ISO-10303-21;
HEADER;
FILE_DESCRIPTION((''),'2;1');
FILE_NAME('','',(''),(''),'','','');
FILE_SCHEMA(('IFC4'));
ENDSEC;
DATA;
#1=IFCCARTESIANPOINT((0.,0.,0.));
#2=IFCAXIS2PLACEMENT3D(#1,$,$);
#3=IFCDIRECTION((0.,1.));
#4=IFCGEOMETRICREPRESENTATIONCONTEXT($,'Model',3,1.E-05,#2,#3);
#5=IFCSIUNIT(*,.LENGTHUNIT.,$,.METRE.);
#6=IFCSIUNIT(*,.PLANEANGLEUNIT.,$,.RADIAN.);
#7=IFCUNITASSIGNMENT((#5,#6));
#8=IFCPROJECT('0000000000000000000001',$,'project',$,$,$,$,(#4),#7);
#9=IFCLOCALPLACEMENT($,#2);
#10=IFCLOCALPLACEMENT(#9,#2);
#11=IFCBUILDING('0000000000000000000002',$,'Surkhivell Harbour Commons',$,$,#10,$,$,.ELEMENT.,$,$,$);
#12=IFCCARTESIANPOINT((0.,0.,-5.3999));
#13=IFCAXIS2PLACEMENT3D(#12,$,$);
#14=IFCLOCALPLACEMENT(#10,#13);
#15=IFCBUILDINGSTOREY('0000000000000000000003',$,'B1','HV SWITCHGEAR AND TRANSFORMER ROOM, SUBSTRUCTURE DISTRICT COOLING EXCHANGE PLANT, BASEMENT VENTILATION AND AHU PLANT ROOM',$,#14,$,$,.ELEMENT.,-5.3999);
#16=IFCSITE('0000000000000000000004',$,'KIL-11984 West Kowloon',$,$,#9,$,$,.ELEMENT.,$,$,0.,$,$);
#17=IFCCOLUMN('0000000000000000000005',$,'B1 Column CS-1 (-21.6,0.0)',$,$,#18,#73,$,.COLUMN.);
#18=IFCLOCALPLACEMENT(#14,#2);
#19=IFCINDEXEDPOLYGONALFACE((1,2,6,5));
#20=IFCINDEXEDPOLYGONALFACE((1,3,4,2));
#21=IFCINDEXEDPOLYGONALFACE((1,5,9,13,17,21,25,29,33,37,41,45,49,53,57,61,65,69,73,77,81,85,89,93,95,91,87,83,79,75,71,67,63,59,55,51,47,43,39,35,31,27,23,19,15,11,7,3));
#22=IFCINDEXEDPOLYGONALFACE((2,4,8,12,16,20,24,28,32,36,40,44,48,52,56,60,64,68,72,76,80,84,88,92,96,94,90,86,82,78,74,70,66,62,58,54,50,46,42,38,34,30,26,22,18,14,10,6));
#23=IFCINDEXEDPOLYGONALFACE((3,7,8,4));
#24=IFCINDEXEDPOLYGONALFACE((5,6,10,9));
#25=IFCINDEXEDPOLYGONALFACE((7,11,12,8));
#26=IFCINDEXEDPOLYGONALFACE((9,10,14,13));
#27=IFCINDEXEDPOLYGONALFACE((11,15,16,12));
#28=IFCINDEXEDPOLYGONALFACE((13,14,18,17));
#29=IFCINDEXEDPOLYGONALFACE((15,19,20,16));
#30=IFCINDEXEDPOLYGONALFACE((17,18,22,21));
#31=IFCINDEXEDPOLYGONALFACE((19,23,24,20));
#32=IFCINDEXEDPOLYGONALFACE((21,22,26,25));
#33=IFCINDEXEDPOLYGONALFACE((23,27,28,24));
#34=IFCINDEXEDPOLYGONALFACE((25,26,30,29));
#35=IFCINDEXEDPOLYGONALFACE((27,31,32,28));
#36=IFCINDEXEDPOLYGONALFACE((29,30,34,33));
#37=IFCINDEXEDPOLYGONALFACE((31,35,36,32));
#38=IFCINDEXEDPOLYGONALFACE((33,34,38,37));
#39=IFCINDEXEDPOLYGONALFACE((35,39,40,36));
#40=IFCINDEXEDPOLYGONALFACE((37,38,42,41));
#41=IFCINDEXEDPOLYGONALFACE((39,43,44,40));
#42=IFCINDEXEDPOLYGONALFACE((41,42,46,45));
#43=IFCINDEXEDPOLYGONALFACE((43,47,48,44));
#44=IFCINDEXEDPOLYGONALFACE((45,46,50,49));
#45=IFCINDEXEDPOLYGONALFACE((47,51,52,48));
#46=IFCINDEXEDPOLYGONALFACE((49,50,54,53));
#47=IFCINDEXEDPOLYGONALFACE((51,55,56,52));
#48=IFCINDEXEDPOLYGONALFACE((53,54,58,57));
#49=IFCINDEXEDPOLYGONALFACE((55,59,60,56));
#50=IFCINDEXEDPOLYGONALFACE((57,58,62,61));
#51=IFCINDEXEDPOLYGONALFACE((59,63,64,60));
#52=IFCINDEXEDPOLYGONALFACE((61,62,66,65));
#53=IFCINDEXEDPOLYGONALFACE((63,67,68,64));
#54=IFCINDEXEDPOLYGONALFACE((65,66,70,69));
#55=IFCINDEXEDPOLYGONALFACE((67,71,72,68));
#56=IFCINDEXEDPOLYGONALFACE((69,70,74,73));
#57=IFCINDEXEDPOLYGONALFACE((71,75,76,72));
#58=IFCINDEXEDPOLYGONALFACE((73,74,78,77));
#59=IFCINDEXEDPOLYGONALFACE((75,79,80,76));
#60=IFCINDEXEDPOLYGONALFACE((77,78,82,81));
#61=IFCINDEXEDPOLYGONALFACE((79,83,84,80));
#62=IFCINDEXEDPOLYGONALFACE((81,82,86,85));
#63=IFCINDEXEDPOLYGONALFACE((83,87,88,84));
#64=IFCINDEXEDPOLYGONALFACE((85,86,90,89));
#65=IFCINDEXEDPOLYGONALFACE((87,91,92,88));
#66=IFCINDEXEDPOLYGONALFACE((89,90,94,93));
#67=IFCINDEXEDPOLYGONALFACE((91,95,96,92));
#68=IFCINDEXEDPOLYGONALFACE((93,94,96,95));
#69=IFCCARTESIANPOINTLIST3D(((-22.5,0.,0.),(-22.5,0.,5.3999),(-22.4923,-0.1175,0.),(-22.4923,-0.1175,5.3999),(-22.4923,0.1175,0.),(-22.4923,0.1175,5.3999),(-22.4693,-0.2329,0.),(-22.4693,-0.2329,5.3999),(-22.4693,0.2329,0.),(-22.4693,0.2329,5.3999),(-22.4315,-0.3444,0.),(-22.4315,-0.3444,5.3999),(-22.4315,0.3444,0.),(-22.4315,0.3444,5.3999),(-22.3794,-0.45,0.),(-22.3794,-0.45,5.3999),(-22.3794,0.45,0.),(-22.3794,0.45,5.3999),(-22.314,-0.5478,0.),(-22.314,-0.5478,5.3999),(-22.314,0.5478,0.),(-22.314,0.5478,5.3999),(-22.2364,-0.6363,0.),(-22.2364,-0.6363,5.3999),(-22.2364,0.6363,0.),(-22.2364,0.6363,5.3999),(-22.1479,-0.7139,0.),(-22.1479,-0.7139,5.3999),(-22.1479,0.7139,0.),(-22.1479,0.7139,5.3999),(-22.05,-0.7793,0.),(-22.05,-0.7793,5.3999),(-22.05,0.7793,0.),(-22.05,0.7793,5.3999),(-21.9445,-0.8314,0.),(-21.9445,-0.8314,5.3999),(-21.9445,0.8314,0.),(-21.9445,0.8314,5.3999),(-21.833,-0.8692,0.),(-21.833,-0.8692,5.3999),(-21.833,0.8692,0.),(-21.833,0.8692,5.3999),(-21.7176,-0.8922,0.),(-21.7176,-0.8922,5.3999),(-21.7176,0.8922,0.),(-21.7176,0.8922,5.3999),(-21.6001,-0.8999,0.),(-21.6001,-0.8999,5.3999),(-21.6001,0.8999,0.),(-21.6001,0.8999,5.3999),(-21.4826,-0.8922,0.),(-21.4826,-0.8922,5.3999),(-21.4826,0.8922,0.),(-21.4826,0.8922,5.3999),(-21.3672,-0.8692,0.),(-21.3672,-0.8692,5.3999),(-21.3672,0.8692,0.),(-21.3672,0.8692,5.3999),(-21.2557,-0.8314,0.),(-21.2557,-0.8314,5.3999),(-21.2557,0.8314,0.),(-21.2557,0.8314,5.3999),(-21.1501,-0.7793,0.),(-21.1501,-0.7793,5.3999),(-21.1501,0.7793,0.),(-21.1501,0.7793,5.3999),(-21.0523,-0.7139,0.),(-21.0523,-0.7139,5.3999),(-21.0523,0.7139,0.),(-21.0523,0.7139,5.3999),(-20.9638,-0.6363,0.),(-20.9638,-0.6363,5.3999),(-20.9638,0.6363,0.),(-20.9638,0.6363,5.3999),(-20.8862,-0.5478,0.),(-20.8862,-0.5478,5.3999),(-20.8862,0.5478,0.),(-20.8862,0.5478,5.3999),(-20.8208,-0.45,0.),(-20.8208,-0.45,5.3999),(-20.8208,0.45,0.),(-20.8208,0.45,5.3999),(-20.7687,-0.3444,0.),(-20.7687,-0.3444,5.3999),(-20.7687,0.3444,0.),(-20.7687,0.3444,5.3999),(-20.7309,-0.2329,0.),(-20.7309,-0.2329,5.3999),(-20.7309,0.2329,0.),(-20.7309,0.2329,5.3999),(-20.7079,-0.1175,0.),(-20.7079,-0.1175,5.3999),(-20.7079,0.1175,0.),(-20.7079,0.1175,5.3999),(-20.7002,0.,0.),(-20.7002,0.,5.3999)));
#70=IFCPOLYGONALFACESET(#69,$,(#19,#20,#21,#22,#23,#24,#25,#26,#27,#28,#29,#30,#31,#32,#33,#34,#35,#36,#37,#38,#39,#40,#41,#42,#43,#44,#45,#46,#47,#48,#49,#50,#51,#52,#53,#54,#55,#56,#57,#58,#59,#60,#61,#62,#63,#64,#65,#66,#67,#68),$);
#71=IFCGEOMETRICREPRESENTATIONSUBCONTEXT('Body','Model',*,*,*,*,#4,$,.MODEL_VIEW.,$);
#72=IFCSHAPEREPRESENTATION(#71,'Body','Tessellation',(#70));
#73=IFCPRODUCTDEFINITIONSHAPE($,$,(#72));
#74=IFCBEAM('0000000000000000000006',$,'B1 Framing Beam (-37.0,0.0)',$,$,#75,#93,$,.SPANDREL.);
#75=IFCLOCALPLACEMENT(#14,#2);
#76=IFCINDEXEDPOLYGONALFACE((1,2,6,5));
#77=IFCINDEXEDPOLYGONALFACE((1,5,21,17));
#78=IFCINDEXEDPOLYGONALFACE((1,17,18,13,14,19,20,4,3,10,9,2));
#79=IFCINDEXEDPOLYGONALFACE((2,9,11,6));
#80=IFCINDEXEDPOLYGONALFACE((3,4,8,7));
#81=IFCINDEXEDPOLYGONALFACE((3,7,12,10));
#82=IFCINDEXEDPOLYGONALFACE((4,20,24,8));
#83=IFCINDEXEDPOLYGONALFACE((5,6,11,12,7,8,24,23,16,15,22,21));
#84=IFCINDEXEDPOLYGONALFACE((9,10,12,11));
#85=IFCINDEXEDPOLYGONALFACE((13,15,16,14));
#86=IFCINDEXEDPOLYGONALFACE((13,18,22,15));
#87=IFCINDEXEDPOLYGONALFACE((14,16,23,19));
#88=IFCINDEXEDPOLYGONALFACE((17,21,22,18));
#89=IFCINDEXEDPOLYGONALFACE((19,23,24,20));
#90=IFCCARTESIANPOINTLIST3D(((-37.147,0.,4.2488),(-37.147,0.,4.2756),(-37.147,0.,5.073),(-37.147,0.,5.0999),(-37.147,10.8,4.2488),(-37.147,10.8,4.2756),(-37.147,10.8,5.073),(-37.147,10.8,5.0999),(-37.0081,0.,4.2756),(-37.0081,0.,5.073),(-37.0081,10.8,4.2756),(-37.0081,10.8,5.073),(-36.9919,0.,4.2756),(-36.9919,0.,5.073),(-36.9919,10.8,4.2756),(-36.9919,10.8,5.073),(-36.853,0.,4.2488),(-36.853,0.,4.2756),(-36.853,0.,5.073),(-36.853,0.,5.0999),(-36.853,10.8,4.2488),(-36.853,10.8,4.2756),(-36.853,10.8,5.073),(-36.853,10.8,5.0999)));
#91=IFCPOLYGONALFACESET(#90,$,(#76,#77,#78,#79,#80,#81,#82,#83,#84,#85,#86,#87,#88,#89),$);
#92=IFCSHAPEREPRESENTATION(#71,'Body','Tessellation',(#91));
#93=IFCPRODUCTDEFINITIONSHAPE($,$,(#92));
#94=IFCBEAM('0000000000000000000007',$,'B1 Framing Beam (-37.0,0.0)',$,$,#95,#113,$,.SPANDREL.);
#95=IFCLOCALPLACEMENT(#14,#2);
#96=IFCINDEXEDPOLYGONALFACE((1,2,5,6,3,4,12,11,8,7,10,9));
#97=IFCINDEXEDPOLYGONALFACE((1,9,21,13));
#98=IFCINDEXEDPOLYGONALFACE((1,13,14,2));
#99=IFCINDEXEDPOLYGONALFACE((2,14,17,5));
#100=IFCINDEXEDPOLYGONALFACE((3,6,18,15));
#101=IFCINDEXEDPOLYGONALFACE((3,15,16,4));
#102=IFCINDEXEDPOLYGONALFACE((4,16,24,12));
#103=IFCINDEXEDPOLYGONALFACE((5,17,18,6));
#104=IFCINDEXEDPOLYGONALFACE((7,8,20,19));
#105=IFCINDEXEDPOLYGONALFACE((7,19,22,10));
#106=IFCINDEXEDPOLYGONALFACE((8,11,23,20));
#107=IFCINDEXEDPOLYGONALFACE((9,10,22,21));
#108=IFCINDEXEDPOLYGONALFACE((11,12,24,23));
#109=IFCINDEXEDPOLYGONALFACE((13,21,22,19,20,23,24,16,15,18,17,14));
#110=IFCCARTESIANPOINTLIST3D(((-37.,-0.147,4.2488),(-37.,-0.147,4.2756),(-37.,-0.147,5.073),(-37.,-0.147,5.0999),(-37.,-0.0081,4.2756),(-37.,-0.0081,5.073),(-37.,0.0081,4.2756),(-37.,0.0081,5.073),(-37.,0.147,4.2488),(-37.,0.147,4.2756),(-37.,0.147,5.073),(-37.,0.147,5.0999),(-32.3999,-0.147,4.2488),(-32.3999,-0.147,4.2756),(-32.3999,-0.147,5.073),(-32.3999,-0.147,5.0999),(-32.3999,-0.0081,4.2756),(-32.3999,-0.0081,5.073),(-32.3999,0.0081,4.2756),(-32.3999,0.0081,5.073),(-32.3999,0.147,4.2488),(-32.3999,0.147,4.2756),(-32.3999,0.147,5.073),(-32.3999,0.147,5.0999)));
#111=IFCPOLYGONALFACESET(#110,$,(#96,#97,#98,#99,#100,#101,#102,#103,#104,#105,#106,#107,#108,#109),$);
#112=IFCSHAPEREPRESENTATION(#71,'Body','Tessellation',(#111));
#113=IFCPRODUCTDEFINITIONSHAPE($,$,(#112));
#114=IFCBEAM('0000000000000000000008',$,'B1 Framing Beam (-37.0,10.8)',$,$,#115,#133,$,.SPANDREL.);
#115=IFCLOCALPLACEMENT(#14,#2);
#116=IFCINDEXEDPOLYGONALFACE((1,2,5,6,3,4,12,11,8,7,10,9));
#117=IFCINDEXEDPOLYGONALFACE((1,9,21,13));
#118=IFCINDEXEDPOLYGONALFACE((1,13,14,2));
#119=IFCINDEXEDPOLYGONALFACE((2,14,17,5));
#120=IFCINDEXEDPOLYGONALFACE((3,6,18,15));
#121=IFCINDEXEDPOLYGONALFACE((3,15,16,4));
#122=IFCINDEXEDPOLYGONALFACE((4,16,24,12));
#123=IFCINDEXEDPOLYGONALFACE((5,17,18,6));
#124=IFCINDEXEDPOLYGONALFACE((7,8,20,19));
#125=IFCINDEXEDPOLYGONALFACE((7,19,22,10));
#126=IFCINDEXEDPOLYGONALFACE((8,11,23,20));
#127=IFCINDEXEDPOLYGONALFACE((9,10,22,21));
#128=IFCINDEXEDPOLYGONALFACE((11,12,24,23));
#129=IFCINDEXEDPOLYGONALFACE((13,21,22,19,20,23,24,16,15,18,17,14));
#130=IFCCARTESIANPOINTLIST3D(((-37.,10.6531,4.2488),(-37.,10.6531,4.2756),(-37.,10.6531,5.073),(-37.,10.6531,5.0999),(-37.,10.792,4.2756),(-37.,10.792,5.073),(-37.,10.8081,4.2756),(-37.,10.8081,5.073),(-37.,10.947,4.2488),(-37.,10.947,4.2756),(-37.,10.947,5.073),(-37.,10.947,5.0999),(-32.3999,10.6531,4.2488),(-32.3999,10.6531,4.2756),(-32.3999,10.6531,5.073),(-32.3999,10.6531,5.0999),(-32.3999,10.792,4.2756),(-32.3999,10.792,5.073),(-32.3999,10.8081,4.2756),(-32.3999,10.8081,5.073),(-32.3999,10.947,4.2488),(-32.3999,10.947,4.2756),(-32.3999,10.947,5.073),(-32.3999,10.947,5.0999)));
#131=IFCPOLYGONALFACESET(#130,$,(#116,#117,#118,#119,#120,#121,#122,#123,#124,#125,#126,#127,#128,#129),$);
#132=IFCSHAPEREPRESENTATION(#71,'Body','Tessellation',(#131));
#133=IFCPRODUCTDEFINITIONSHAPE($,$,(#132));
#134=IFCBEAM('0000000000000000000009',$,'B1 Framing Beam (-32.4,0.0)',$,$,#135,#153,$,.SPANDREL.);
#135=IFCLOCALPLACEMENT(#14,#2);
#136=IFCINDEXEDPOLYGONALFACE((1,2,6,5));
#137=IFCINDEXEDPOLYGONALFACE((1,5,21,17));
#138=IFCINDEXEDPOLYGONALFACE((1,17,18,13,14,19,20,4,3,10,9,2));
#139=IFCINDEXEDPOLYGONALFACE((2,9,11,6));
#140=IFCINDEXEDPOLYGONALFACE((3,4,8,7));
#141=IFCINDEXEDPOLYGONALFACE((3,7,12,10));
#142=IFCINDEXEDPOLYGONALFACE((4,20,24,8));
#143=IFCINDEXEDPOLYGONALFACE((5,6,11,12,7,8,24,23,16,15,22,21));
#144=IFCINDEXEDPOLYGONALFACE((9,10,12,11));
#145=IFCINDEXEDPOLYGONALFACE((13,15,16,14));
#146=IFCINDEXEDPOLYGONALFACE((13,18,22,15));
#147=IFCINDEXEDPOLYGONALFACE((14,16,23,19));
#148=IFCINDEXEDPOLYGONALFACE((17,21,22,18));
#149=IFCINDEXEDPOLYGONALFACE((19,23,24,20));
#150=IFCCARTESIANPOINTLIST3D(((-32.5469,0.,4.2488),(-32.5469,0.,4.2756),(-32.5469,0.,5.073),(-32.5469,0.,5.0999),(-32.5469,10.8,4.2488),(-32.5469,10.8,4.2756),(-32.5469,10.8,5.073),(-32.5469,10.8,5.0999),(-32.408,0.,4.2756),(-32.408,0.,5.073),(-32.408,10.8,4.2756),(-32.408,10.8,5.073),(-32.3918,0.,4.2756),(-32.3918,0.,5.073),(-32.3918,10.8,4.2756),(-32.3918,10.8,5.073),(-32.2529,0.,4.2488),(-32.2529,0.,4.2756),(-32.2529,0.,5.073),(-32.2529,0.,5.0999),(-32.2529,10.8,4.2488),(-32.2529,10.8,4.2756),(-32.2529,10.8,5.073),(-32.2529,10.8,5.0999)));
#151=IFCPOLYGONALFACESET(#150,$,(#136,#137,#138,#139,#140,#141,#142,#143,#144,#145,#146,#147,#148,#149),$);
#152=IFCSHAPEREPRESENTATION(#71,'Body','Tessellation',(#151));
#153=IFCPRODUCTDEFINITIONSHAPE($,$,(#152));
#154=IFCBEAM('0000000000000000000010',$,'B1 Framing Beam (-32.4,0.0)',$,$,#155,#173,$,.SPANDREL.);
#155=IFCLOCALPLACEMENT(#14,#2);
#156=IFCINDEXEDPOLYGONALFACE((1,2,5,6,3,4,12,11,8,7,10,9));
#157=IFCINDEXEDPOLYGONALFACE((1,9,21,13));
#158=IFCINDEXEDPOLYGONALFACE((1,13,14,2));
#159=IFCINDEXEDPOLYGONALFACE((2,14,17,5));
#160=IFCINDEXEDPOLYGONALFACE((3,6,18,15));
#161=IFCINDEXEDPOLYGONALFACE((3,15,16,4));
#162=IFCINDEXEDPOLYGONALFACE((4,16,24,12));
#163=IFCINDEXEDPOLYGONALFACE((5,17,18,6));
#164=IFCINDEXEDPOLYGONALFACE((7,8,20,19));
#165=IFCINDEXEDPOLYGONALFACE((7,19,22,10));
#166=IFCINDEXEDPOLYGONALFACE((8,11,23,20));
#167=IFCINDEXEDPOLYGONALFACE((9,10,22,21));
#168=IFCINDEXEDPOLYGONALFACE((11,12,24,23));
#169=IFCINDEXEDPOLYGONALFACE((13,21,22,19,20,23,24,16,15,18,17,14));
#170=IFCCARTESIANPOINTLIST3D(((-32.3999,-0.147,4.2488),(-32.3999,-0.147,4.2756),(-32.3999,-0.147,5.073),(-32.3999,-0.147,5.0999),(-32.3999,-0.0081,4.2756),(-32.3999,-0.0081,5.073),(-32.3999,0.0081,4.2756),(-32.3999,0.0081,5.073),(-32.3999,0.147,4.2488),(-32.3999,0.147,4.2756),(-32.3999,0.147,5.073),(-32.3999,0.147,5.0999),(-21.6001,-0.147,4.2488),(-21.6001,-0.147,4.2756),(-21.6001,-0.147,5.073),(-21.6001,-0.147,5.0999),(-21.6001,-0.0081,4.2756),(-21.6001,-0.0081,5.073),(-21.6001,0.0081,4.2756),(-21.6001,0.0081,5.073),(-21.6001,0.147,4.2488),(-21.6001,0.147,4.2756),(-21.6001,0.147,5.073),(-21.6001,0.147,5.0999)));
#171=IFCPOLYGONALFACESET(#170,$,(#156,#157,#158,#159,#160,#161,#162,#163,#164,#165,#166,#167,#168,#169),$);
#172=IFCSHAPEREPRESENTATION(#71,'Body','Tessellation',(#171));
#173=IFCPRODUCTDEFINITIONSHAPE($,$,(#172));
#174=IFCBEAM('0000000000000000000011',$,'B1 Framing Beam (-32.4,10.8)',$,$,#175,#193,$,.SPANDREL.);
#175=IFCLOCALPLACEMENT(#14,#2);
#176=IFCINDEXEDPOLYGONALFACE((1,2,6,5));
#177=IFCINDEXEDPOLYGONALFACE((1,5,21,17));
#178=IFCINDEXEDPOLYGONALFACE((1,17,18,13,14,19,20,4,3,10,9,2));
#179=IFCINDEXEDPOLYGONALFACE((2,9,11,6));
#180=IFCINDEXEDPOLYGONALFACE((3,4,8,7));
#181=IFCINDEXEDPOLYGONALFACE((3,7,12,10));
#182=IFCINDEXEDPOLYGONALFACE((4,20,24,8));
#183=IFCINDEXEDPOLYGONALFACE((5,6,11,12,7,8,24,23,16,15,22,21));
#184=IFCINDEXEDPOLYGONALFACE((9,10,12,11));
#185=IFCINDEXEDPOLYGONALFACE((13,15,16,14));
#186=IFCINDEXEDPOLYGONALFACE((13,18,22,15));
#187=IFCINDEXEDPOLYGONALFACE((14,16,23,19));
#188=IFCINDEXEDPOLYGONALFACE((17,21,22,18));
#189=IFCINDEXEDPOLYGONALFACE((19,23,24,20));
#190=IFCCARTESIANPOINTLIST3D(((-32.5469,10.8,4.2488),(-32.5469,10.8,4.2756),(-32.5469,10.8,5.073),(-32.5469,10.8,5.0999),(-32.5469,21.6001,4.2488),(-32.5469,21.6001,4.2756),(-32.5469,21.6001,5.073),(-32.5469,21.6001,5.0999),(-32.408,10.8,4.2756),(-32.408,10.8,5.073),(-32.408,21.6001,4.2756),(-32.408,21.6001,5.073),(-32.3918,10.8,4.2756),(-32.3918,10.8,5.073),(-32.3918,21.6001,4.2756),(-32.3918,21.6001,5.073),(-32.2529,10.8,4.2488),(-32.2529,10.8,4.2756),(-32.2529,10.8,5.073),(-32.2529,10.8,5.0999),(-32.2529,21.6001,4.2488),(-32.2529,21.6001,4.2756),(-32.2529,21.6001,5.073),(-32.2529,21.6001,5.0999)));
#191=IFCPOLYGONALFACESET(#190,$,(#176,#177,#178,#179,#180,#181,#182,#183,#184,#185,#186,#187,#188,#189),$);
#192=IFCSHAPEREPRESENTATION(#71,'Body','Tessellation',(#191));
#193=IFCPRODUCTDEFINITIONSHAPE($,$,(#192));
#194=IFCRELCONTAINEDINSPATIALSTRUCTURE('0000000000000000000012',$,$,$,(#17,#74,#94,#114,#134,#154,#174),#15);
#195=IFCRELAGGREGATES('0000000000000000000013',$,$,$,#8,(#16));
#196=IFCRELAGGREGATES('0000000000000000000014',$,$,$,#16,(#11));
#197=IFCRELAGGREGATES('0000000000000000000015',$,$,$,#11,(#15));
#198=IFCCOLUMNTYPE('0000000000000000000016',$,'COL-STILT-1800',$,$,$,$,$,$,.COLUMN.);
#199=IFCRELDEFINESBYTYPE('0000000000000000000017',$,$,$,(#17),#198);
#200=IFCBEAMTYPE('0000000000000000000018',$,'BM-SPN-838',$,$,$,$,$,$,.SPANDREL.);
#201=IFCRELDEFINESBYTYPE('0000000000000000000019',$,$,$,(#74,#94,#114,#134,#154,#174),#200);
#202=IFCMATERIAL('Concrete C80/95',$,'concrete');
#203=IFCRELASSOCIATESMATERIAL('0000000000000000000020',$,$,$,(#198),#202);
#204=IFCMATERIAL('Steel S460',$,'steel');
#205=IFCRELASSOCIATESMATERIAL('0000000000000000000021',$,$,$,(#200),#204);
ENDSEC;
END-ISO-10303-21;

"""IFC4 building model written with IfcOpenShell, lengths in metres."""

from ifc_helpers import new_model, si_unit, direction, frame, origin, origin_2d, place, context, subcontext, project, spatial, circle, i_section, extrude, material, material_profile, profile_set, type_object, element, save


model = new_model("IFC4")

# Units and contexts
model_context = context("Model", 3, precision=1e-05, world=origin(), true_north=direction((0.0, 1.0)))
body_context = subcontext(model_context, "Body", "Model", "MODEL_VIEW")
ifc_project = project(units=[si_unit("LENGTHUNIT", "METRE"), si_unit("PLANEANGLEUNIT", "RADIAN")], contexts=[model_context])

# Site, building, storey
site_placement = place(None, origin())
site = spatial("IfcSite", under=ifc_project, at=site_placement, Name="KIL-11984 West Kowloon", CompositionType="ELEMENT", RefElevation=0.0)
building_placement = place(site_placement, origin())
building = spatial("IfcBuilding", under=site, at=building_placement, Name="Surkhivell Harbour Commons", CompositionType="ELEMENT")
storey_placement = place(building_placement, frame((0.0, 0.0, -5.3999)))
storey = spatial("IfcBuildingStorey", under=building, at=storey_placement, Name="B1", Description="HV SWITCHGEAR AND TRANSFORMER ROOM, SUBSTRUCTURE DISTRICT COOLING EXCHANGE PLANT, BASEMENT VENTILATION AND AHU PLANT ROOM", CompositionType="ELEMENT", Elevation=-5.3999)

# Column
ifc_material_1 = material(Name="Concrete C80/95", Category="concrete")
ifc_material_profile_1 = material_profile(ifc_material_1, circle(Radius=0.8999, at=origin_2d()), Name="RC-CIRC-1800")
ifc_profile_set_1 = profile_set([ifc_material_profile_1], Name="Concrete C80/95")
column_type_1 = type_object("IfcColumnType", Name="COL-STILT-1800", PredefinedType="COLUMN", material=ifc_profile_set_1)
for number, where, z_axis, x_axis, name in (
    (1, (-21.6001, 0.0, 0.0), (0.0, 0.0, 1.0), (1.0, 0.0, 0.0), "B1 Column CS-1 (-21.6,0.0)"),
):
    element("IfcColumn", number, at=place(storey_placement, frame(where, z_axis=z_axis, x_axis=x_axis)), inside=storey, type_object=column_type_1, Name=name, PredefinedType="COLUMN", context=body_context, shape_type="SweptSolid", body=[
        extrude(circle(Radius=0.8999, at=origin_2d()), origin(), (0.0, 0.0, 1.0), 5.3999),
    ])

# Beams
ifc_material_2 = material(Name="Steel S460", Category="steel")
ifc_material_profile_2 = material_profile(ifc_material_2, i_section(OverallWidth=0.2939, OverallDepth=0.8511, WebThickness=0.0161, FlangeThickness=0.0269, at=origin_2d()), Name="UB838x292x226")
ifc_profile_set_2 = profile_set([ifc_material_profile_2], Name="Steel S460")
beam_type = type_object("IfcBeamType", Name="BM-SPN-838", PredefinedType="SPANDREL", material=ifc_profile_set_2)
beam_1_placement = place(storey_placement, frame((-37.0, 0.0, 4.6743), z_axis=(0.0, 1.0, 0.0), x_axis=(-1.0, 0.0, 0.0)))
element("IfcBeam", 2, at=beam_1_placement, inside=storey, type_object=beam_type, Name="B1 Framing Beam (-37.0,0.0)", PredefinedType="SPANDREL", context=body_context, shape_type="SweptSolid", body=[
    extrude(i_section(OverallWidth=0.2939, OverallDepth=0.8511, WebThickness=0.0161, FlangeThickness=0.0269, at=origin_2d()), origin(), (0.0, 0.0, 1.0), 10.8),
])
for number, where, z_axis, x_axis, name in (
    (3, (-37.0, 0.0, 4.6743), (1.0, 0.0, 0.0), (0.0, 1.0, 0.0), "B1 Framing Beam (-37.0,0.0)"),
    (4, (-37.0, 10.8, 4.6743), (1.0, 0.0, 0.0), (0.0, 1.0, 0.0), "B1 Framing Beam (-37.0,10.8)"),
):
    element("IfcBeam", number, at=place(storey_placement, frame(where, z_axis=z_axis, x_axis=x_axis)), inside=storey, type_object=beam_type, Name=name, PredefinedType="SPANDREL", context=body_context, shape_type="SweptSolid", body=[
        extrude(i_section(OverallWidth=0.2939, OverallDepth=0.8511, WebThickness=0.0161, FlangeThickness=0.0269, at=origin_2d()), origin(), (0.0, 0.0, 1.0), 4.6001),
    ])
beam_2_placement = place(storey_placement, frame((-32.3999, 0.0, 4.6743), z_axis=(0.0, 1.0, 0.0), x_axis=(-1.0, 0.0, 0.0)))
element("IfcBeam", 5, at=beam_2_placement, inside=storey, type_object=beam_type, Name="B1 Framing Beam (-32.4,0.0)", PredefinedType="SPANDREL", context=body_context, shape_type="SweptSolid", body=[
    extrude(i_section(OverallWidth=0.2939, OverallDepth=0.8511, WebThickness=0.0161, FlangeThickness=0.0269, at=origin_2d()), origin(), (0.0, 0.0, 1.0), 10.8),
])
beam_3_placement = place(storey_placement, frame((-32.3999, 0.0, 4.6743), z_axis=(1.0, 0.0, 0.0), x_axis=(0.0, 1.0, 0.0)))
element("IfcBeam", 6, at=beam_3_placement, inside=storey, type_object=beam_type, Name="B1 Framing Beam (-32.4,0.0)", PredefinedType="SPANDREL", context=body_context, shape_type="SweptSolid", body=[
    extrude(i_section(OverallWidth=0.2939, OverallDepth=0.8511, WebThickness=0.0161, FlangeThickness=0.0269, at=origin_2d()), origin(), (0.0, 0.0, 1.0), 10.7998),
])
beam_4_placement = place(storey_placement, frame((-32.3999, 10.8, 4.6743), z_axis=(0.0, 1.0, 0.0), x_axis=(-1.0, 0.0, 0.0)))
element("IfcBeam", 7, at=beam_4_placement, inside=storey, type_object=beam_type, Name="B1 Framing Beam (-32.4,10.8)", PredefinedType="SPANDREL", context=body_context, shape_type="SweptSolid", body=[
    extrude(i_section(OverallWidth=0.2939, OverallDepth=0.8511, WebThickness=0.0161, FlangeThickness=0.0269, at=origin_2d()), origin(), (0.0, 0.0, 1.0), 10.8),
])

save(model, "model.ifc")
